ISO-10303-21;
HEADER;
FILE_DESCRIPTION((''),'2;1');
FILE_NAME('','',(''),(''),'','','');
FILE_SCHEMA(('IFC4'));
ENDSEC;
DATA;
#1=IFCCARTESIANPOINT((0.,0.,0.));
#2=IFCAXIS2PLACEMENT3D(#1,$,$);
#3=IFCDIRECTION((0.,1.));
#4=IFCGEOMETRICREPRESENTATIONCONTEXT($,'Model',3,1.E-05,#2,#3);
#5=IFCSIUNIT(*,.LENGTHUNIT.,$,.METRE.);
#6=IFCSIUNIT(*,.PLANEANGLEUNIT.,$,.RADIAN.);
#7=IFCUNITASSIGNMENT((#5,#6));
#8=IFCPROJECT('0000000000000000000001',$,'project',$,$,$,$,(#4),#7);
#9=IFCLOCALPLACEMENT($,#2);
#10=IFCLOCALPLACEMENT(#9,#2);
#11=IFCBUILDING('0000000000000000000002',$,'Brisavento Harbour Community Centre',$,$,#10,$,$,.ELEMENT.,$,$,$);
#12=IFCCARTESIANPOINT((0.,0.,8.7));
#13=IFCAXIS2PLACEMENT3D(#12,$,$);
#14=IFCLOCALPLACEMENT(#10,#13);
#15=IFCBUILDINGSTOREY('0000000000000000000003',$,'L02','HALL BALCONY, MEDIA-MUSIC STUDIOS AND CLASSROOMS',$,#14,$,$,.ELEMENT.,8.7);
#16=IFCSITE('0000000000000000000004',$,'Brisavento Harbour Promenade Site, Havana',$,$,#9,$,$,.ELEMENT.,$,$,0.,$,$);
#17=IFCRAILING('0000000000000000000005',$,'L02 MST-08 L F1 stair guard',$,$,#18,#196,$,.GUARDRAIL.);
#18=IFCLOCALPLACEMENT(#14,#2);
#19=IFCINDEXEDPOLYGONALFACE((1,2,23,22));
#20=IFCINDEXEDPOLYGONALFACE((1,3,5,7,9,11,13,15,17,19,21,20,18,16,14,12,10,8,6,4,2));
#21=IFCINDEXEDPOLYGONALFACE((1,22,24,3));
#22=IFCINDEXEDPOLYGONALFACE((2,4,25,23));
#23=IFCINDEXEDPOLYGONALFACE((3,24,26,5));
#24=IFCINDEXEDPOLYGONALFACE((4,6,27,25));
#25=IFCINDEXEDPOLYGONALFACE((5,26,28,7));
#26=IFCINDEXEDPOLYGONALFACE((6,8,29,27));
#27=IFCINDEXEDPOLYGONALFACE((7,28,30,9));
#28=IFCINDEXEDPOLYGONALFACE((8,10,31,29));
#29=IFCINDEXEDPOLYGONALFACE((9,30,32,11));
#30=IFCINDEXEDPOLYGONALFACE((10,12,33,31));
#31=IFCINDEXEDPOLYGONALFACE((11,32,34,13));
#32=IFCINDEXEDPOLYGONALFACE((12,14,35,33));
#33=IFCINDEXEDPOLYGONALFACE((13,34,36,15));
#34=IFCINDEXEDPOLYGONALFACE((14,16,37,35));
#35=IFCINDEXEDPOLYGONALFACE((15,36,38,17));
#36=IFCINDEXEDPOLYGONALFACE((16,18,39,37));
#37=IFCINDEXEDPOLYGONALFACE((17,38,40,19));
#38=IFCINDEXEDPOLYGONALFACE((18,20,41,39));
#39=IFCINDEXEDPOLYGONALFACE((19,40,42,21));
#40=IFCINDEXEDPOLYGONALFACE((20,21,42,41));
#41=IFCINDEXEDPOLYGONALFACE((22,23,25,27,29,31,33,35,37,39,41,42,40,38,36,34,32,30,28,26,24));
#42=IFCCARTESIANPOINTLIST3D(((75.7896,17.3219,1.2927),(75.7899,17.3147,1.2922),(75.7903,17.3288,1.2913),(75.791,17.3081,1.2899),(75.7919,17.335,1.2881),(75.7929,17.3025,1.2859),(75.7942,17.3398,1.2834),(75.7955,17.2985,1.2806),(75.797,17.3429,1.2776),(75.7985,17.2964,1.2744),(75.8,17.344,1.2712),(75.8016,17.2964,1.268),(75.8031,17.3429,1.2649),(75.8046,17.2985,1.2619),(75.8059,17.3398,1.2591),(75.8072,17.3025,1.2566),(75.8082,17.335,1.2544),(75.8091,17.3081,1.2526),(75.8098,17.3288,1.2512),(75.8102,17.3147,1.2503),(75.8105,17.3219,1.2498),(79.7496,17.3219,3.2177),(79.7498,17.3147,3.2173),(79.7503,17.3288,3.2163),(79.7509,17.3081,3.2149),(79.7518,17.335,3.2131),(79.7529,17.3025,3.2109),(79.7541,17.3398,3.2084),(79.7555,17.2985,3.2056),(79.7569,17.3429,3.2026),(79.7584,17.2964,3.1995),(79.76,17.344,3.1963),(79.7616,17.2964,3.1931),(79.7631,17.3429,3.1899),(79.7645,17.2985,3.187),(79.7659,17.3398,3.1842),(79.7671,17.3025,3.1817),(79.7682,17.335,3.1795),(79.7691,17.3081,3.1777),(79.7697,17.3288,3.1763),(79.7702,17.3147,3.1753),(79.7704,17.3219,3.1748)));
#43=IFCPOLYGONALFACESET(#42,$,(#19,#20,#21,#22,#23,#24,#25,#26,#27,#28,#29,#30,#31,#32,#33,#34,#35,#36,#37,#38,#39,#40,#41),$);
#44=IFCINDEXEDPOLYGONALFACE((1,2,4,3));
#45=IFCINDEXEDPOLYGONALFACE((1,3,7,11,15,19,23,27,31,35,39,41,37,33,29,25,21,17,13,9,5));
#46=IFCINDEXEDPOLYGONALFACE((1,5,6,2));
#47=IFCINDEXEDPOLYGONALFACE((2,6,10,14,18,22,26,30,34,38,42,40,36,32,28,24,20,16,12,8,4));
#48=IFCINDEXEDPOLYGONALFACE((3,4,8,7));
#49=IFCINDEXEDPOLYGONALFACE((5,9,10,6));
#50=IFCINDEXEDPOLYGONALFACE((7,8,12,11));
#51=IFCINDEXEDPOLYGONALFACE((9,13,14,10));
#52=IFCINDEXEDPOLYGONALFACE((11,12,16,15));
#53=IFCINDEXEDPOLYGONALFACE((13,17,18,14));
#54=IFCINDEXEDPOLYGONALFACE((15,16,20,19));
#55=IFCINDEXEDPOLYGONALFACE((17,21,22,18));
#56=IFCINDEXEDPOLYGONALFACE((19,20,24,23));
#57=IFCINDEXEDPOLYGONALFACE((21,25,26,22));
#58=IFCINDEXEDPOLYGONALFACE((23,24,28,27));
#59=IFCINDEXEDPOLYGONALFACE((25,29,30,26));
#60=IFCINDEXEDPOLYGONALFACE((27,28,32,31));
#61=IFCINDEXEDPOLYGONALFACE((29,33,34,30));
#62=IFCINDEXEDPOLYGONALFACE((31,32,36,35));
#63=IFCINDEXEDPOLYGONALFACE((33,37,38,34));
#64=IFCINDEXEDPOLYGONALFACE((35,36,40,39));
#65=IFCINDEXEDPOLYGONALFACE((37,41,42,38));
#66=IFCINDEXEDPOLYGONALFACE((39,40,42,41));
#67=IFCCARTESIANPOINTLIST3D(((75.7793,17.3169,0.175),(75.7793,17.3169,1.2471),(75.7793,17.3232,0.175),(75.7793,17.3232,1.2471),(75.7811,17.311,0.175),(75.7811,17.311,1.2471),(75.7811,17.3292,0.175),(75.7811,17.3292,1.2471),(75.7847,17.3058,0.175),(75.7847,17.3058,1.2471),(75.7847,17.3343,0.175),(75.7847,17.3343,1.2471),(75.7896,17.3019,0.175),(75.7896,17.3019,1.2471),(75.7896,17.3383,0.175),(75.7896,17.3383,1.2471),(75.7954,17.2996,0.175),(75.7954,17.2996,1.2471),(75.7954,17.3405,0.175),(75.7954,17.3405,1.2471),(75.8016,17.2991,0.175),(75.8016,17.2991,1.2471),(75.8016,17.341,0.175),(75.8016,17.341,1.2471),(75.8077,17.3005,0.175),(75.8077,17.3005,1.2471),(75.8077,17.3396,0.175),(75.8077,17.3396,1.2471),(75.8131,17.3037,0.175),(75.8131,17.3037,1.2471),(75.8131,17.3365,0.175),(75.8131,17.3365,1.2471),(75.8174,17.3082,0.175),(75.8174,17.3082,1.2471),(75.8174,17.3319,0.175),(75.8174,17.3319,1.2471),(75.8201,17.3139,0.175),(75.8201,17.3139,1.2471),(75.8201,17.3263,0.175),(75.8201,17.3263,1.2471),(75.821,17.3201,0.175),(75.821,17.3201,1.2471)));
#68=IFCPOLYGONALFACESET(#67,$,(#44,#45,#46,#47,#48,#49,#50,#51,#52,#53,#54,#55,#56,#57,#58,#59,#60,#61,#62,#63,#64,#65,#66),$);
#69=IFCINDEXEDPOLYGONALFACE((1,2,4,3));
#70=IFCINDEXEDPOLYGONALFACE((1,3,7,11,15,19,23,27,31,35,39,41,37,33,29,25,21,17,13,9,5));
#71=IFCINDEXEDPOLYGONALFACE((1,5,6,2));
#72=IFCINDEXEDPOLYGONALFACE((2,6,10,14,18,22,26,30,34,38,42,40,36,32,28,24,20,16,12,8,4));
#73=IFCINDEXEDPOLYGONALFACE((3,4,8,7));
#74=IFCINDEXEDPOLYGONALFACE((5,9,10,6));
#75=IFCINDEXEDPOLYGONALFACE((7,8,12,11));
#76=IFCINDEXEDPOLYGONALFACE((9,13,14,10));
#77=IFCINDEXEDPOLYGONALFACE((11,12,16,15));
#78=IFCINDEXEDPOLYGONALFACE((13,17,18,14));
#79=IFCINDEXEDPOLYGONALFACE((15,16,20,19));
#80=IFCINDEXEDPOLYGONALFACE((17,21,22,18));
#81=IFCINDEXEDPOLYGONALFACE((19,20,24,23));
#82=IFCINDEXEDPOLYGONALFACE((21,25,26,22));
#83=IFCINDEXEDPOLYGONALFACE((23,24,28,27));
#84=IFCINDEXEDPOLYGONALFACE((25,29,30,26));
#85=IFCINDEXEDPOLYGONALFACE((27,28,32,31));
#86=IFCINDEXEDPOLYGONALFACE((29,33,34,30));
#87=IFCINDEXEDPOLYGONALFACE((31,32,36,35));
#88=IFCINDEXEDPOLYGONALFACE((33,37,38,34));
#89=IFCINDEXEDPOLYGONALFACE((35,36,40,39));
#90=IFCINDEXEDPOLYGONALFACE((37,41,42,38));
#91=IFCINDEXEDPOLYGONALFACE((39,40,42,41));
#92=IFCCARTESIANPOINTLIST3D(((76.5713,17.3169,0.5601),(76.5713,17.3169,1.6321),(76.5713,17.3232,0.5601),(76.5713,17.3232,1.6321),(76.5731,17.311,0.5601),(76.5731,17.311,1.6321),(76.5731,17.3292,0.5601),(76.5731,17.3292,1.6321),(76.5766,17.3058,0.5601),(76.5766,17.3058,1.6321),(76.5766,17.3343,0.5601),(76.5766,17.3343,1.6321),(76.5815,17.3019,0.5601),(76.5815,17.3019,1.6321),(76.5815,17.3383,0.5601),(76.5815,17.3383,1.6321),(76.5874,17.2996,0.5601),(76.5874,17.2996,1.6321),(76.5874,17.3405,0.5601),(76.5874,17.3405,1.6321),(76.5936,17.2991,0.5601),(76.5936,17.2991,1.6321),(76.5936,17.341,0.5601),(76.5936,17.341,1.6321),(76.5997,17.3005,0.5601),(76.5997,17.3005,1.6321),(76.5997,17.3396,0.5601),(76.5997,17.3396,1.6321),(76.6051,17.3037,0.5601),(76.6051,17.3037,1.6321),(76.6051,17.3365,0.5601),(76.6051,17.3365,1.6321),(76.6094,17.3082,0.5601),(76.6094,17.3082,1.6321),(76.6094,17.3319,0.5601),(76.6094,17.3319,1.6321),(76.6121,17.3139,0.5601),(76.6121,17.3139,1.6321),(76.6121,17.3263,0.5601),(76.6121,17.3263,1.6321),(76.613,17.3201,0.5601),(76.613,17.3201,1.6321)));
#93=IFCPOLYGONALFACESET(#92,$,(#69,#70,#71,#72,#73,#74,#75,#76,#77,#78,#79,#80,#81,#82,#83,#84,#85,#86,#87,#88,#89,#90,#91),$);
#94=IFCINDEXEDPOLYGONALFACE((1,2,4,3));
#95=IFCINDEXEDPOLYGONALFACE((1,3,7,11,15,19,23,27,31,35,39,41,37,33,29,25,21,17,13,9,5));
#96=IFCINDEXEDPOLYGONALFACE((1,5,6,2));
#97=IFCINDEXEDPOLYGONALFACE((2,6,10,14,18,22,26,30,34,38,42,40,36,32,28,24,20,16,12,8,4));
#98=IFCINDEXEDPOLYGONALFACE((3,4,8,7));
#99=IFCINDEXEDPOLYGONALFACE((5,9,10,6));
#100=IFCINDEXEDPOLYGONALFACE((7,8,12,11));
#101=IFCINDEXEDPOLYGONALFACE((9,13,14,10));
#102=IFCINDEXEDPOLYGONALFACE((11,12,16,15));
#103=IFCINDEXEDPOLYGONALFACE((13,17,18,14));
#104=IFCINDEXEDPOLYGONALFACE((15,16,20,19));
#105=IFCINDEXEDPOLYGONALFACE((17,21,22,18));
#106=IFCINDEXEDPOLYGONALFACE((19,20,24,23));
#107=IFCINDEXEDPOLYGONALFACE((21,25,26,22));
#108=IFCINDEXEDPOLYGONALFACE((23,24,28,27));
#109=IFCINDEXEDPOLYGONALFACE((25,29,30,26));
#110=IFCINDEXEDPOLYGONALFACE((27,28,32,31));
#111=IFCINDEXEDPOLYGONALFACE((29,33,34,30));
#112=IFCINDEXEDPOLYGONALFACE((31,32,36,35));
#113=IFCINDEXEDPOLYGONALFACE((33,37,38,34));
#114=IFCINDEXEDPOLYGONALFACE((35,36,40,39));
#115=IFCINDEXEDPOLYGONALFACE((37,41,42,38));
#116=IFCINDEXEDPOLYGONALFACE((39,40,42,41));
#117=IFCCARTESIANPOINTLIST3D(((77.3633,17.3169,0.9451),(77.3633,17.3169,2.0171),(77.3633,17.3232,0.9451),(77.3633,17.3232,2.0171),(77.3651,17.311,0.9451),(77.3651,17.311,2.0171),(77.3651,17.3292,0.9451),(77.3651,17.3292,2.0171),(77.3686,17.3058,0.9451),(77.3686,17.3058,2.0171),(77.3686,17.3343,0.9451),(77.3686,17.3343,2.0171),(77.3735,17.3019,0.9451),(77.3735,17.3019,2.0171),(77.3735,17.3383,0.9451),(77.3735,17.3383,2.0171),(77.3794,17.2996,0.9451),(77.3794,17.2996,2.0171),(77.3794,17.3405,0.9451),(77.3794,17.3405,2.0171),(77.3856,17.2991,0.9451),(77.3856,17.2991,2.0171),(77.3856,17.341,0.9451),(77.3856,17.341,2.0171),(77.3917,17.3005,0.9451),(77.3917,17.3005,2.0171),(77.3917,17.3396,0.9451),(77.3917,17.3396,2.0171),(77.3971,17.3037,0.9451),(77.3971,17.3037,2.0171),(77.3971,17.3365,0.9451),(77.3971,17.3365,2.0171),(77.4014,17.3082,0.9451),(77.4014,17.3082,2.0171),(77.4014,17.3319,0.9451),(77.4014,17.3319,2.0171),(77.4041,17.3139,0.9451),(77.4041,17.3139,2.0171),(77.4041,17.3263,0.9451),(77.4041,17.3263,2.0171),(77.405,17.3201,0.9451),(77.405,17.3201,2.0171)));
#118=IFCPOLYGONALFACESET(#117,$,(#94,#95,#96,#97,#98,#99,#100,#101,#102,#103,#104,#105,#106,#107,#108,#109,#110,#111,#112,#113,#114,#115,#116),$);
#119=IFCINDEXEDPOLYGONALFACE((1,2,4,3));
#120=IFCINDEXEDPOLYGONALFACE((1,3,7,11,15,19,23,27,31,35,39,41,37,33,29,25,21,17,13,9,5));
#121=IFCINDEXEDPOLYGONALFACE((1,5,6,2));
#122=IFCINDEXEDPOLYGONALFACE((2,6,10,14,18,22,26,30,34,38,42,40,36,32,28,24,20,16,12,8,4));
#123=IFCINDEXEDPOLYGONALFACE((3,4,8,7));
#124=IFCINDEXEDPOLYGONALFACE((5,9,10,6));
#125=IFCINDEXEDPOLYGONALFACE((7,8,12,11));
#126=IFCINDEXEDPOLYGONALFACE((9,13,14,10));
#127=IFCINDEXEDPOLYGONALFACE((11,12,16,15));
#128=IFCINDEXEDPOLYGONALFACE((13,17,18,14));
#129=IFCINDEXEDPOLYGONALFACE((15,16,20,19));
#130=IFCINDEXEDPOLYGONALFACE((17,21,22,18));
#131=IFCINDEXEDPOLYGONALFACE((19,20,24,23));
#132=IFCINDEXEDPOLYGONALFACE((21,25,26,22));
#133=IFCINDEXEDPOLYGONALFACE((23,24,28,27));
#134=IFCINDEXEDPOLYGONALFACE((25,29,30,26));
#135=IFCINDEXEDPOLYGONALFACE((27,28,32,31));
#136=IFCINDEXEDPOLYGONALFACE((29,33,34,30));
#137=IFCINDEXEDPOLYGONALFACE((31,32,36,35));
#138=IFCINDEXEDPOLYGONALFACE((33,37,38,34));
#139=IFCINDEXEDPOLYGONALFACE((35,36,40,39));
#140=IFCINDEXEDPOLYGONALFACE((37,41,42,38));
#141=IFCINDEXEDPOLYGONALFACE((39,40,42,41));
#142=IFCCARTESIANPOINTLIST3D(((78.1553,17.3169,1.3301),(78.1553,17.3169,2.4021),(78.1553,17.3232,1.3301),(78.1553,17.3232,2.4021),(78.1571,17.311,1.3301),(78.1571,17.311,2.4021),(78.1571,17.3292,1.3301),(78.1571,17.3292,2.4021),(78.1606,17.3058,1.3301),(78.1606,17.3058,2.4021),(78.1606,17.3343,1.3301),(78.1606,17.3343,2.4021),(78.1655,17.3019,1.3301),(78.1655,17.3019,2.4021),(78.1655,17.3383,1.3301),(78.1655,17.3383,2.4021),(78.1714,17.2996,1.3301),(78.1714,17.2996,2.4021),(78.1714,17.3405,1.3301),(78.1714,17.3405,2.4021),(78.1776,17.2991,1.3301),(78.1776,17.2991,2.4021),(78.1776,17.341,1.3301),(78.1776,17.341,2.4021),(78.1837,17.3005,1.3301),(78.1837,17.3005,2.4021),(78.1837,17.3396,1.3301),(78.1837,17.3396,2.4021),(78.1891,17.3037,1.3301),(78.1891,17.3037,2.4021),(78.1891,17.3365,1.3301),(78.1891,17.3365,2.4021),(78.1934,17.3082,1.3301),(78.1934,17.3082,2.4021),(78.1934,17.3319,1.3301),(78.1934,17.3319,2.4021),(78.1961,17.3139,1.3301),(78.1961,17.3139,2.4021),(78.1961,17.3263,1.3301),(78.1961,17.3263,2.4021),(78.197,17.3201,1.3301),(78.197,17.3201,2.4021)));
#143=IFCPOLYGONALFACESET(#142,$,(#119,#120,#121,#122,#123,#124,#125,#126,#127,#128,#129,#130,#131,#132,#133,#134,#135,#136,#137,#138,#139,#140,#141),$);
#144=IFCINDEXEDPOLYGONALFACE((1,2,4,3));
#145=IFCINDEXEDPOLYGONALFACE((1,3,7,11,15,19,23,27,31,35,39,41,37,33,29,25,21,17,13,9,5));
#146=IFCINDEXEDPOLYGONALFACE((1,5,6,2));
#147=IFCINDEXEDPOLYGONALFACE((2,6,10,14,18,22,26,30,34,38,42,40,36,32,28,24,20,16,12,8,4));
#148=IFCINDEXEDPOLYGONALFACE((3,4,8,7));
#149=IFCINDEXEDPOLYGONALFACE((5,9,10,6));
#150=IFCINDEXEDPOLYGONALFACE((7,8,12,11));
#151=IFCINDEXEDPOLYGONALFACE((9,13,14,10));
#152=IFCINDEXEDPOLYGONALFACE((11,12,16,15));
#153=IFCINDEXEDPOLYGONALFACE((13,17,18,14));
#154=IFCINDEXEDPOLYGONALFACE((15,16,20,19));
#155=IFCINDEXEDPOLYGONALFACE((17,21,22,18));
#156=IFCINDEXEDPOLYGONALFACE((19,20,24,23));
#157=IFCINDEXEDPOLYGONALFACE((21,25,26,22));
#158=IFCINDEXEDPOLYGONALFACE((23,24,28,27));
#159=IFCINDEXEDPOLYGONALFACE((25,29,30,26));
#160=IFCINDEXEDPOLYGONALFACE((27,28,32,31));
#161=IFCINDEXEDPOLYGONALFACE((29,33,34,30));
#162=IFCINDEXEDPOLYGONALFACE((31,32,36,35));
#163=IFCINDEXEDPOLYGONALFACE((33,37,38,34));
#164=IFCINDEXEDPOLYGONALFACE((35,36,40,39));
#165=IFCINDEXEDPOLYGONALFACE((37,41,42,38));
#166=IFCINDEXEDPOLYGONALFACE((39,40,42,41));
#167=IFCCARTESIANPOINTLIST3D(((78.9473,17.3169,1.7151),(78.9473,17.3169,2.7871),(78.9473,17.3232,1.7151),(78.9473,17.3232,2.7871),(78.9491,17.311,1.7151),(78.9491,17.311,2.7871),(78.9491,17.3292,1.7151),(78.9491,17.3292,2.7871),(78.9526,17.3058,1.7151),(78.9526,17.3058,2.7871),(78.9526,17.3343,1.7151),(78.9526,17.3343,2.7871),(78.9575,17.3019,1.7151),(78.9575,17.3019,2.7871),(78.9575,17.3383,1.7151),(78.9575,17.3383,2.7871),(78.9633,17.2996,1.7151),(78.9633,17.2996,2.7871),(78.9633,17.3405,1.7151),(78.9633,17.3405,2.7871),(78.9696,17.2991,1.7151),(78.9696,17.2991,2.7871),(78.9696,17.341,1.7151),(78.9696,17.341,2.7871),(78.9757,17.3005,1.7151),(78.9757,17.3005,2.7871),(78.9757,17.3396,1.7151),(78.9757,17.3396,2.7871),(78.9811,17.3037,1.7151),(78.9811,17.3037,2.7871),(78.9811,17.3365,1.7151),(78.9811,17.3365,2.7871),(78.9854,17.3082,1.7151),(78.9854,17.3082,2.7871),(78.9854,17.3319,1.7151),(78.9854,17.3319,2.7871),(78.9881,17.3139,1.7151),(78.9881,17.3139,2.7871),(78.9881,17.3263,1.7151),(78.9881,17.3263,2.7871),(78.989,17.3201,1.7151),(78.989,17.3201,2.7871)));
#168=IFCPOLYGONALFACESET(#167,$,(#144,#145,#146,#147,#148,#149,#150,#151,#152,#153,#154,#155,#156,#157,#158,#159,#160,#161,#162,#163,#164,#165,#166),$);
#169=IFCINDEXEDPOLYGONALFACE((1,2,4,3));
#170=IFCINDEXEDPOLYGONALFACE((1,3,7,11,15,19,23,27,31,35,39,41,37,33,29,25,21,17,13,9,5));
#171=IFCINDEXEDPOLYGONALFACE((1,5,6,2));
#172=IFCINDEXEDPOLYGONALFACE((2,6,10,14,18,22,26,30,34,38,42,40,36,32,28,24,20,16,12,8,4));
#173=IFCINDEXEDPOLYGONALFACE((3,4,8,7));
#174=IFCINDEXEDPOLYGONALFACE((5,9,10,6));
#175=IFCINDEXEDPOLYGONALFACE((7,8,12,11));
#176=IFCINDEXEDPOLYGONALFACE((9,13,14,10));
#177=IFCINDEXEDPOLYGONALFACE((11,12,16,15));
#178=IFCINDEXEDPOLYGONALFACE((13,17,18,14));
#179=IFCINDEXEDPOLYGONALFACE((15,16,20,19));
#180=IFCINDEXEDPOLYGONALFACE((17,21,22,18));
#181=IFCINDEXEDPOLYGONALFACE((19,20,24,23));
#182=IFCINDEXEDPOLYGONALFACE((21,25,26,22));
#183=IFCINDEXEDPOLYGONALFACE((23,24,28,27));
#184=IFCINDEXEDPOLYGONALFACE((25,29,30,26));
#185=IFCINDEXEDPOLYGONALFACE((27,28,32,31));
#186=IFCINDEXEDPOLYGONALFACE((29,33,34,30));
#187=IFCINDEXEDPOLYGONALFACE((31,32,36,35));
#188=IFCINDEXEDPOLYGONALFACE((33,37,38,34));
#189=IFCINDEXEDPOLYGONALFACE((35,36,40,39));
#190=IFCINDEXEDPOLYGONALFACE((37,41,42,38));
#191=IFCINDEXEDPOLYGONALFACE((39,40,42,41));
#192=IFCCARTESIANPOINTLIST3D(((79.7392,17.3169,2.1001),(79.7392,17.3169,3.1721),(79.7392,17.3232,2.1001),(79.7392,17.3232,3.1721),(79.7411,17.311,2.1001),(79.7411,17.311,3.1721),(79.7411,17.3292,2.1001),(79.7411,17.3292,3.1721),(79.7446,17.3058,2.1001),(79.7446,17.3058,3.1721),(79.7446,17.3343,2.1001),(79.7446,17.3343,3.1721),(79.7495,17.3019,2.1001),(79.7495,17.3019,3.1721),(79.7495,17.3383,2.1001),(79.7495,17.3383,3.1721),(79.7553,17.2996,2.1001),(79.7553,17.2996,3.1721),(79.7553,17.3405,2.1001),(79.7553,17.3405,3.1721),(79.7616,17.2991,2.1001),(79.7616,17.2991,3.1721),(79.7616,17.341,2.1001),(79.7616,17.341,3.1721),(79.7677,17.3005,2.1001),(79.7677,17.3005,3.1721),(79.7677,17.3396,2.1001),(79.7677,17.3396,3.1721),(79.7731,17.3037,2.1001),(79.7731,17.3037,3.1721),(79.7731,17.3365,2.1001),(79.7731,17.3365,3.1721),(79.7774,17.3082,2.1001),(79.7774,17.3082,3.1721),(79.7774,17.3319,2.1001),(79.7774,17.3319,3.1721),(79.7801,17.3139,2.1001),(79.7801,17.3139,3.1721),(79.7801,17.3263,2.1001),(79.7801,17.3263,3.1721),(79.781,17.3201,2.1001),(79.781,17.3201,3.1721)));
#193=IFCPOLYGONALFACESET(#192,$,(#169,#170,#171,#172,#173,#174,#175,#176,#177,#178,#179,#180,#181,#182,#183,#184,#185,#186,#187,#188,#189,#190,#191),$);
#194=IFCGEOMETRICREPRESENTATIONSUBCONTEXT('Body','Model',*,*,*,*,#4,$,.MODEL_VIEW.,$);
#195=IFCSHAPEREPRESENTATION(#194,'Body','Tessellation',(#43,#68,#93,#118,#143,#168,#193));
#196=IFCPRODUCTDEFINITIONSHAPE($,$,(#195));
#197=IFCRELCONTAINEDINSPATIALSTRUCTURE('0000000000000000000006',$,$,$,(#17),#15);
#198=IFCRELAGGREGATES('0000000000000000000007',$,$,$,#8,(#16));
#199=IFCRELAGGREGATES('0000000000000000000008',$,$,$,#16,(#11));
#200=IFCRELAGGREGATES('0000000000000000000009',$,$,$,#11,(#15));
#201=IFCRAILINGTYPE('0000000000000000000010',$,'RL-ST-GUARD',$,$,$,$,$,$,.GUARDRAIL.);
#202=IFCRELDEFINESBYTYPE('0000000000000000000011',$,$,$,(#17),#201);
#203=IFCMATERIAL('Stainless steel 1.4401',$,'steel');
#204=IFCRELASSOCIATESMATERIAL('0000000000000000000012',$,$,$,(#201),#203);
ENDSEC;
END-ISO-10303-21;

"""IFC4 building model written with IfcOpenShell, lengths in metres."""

from ifc_helpers import new_model, si_unit, direction, frame, origin, origin_2d, place, context, subcontext, project, spatial, circle, extrude, material, type_object, element, save


model = new_model("IFC4")

# Units and contexts
model_context = context("Model", 3, precision=1e-05, world=origin(), true_north=direction((0.0, 1.0)))
body_context = subcontext(model_context, "Body", "Model", "MODEL_VIEW")
ifc_project = project(units=[si_unit("LENGTHUNIT", "METRE"), si_unit("PLANEANGLEUNIT", "RADIAN")], contexts=[model_context])

# Site, building, storey
site_placement = place(None, origin())
site = spatial("IfcSite", under=ifc_project, at=site_placement, Name="Brisavento Harbour Promenade Site, Havana", CompositionType="ELEMENT", RefElevation=0.0)
building_placement = place(site_placement, origin())
building = spatial("IfcBuilding", under=site, at=building_placement, Name="Brisavento Harbour Community Centre", CompositionType="ELEMENT")
storey_placement = place(building_placement, frame((0.0, 0.0, 8.7)))
storey = spatial("IfcBuildingStorey", under=building, at=storey_placement, Name="L02", Description="HALL BALCONY, MEDIA-MUSIC STUDIOS AND CLASSROOMS", CompositionType="ELEMENT", Elevation=8.7)

# Railing
ifc_material_1 = material(Name="Stainless steel 1.4401", Category="steel")
railing_type = type_object("IfcRailingType", Name="RL-ST-GUARD", PredefinedType="GUARDRAIL", material=ifc_material_1)
railing_1_placement = place(storey_placement, frame((75.8, 17.3201, 0.175)))
element("IfcRailing", 1, at=railing_1_placement, inside=storey, type_object=railing_type, Name="L02 MST-08 L F1 stair guard", PredefinedType="GUARDRAIL", context=body_context, shape_type="SweptSolid", body=[
    extrude(circle(Radius=0.0239, at=origin_2d()), frame((0.0, 0.0, 1.0962), z_axis=(0.899362, 0.0, 0.437205), x_axis=(0.0, 1.0, 0.0)), (0.0, 0.0, 1.0), 4.4031),
    extrude(circle(Radius=0.021, at=origin_2d()), origin(), (0.0, 0.0, 1.0), 1.072),
    extrude(circle(Radius=0.021, at=origin_2d()), frame((0.792, 0.0, 0.385)), (0.0, 0.0, 1.0), 1.072),
    extrude(circle(Radius=0.021, at=origin_2d()), frame((1.584, 0.0, 0.77)), (0.0, 0.0, 1.0), 1.072),
    extrude(circle(Radius=0.021, at=origin_2d()), frame((2.376, 0.0, 1.155)), (0.0, 0.0, 1.0), 1.072),
    extrude(circle(Radius=0.021, at=origin_2d()), frame((3.168, 0.0, 1.54)), (0.0, 0.0, 1.0), 1.072),
    extrude(circle(Radius=0.021, at=origin_2d()), frame((3.96, 0.0, 1.925)), (0.0, 0.0, 1.0), 1.072),
])

save(model, "model.ifc")
